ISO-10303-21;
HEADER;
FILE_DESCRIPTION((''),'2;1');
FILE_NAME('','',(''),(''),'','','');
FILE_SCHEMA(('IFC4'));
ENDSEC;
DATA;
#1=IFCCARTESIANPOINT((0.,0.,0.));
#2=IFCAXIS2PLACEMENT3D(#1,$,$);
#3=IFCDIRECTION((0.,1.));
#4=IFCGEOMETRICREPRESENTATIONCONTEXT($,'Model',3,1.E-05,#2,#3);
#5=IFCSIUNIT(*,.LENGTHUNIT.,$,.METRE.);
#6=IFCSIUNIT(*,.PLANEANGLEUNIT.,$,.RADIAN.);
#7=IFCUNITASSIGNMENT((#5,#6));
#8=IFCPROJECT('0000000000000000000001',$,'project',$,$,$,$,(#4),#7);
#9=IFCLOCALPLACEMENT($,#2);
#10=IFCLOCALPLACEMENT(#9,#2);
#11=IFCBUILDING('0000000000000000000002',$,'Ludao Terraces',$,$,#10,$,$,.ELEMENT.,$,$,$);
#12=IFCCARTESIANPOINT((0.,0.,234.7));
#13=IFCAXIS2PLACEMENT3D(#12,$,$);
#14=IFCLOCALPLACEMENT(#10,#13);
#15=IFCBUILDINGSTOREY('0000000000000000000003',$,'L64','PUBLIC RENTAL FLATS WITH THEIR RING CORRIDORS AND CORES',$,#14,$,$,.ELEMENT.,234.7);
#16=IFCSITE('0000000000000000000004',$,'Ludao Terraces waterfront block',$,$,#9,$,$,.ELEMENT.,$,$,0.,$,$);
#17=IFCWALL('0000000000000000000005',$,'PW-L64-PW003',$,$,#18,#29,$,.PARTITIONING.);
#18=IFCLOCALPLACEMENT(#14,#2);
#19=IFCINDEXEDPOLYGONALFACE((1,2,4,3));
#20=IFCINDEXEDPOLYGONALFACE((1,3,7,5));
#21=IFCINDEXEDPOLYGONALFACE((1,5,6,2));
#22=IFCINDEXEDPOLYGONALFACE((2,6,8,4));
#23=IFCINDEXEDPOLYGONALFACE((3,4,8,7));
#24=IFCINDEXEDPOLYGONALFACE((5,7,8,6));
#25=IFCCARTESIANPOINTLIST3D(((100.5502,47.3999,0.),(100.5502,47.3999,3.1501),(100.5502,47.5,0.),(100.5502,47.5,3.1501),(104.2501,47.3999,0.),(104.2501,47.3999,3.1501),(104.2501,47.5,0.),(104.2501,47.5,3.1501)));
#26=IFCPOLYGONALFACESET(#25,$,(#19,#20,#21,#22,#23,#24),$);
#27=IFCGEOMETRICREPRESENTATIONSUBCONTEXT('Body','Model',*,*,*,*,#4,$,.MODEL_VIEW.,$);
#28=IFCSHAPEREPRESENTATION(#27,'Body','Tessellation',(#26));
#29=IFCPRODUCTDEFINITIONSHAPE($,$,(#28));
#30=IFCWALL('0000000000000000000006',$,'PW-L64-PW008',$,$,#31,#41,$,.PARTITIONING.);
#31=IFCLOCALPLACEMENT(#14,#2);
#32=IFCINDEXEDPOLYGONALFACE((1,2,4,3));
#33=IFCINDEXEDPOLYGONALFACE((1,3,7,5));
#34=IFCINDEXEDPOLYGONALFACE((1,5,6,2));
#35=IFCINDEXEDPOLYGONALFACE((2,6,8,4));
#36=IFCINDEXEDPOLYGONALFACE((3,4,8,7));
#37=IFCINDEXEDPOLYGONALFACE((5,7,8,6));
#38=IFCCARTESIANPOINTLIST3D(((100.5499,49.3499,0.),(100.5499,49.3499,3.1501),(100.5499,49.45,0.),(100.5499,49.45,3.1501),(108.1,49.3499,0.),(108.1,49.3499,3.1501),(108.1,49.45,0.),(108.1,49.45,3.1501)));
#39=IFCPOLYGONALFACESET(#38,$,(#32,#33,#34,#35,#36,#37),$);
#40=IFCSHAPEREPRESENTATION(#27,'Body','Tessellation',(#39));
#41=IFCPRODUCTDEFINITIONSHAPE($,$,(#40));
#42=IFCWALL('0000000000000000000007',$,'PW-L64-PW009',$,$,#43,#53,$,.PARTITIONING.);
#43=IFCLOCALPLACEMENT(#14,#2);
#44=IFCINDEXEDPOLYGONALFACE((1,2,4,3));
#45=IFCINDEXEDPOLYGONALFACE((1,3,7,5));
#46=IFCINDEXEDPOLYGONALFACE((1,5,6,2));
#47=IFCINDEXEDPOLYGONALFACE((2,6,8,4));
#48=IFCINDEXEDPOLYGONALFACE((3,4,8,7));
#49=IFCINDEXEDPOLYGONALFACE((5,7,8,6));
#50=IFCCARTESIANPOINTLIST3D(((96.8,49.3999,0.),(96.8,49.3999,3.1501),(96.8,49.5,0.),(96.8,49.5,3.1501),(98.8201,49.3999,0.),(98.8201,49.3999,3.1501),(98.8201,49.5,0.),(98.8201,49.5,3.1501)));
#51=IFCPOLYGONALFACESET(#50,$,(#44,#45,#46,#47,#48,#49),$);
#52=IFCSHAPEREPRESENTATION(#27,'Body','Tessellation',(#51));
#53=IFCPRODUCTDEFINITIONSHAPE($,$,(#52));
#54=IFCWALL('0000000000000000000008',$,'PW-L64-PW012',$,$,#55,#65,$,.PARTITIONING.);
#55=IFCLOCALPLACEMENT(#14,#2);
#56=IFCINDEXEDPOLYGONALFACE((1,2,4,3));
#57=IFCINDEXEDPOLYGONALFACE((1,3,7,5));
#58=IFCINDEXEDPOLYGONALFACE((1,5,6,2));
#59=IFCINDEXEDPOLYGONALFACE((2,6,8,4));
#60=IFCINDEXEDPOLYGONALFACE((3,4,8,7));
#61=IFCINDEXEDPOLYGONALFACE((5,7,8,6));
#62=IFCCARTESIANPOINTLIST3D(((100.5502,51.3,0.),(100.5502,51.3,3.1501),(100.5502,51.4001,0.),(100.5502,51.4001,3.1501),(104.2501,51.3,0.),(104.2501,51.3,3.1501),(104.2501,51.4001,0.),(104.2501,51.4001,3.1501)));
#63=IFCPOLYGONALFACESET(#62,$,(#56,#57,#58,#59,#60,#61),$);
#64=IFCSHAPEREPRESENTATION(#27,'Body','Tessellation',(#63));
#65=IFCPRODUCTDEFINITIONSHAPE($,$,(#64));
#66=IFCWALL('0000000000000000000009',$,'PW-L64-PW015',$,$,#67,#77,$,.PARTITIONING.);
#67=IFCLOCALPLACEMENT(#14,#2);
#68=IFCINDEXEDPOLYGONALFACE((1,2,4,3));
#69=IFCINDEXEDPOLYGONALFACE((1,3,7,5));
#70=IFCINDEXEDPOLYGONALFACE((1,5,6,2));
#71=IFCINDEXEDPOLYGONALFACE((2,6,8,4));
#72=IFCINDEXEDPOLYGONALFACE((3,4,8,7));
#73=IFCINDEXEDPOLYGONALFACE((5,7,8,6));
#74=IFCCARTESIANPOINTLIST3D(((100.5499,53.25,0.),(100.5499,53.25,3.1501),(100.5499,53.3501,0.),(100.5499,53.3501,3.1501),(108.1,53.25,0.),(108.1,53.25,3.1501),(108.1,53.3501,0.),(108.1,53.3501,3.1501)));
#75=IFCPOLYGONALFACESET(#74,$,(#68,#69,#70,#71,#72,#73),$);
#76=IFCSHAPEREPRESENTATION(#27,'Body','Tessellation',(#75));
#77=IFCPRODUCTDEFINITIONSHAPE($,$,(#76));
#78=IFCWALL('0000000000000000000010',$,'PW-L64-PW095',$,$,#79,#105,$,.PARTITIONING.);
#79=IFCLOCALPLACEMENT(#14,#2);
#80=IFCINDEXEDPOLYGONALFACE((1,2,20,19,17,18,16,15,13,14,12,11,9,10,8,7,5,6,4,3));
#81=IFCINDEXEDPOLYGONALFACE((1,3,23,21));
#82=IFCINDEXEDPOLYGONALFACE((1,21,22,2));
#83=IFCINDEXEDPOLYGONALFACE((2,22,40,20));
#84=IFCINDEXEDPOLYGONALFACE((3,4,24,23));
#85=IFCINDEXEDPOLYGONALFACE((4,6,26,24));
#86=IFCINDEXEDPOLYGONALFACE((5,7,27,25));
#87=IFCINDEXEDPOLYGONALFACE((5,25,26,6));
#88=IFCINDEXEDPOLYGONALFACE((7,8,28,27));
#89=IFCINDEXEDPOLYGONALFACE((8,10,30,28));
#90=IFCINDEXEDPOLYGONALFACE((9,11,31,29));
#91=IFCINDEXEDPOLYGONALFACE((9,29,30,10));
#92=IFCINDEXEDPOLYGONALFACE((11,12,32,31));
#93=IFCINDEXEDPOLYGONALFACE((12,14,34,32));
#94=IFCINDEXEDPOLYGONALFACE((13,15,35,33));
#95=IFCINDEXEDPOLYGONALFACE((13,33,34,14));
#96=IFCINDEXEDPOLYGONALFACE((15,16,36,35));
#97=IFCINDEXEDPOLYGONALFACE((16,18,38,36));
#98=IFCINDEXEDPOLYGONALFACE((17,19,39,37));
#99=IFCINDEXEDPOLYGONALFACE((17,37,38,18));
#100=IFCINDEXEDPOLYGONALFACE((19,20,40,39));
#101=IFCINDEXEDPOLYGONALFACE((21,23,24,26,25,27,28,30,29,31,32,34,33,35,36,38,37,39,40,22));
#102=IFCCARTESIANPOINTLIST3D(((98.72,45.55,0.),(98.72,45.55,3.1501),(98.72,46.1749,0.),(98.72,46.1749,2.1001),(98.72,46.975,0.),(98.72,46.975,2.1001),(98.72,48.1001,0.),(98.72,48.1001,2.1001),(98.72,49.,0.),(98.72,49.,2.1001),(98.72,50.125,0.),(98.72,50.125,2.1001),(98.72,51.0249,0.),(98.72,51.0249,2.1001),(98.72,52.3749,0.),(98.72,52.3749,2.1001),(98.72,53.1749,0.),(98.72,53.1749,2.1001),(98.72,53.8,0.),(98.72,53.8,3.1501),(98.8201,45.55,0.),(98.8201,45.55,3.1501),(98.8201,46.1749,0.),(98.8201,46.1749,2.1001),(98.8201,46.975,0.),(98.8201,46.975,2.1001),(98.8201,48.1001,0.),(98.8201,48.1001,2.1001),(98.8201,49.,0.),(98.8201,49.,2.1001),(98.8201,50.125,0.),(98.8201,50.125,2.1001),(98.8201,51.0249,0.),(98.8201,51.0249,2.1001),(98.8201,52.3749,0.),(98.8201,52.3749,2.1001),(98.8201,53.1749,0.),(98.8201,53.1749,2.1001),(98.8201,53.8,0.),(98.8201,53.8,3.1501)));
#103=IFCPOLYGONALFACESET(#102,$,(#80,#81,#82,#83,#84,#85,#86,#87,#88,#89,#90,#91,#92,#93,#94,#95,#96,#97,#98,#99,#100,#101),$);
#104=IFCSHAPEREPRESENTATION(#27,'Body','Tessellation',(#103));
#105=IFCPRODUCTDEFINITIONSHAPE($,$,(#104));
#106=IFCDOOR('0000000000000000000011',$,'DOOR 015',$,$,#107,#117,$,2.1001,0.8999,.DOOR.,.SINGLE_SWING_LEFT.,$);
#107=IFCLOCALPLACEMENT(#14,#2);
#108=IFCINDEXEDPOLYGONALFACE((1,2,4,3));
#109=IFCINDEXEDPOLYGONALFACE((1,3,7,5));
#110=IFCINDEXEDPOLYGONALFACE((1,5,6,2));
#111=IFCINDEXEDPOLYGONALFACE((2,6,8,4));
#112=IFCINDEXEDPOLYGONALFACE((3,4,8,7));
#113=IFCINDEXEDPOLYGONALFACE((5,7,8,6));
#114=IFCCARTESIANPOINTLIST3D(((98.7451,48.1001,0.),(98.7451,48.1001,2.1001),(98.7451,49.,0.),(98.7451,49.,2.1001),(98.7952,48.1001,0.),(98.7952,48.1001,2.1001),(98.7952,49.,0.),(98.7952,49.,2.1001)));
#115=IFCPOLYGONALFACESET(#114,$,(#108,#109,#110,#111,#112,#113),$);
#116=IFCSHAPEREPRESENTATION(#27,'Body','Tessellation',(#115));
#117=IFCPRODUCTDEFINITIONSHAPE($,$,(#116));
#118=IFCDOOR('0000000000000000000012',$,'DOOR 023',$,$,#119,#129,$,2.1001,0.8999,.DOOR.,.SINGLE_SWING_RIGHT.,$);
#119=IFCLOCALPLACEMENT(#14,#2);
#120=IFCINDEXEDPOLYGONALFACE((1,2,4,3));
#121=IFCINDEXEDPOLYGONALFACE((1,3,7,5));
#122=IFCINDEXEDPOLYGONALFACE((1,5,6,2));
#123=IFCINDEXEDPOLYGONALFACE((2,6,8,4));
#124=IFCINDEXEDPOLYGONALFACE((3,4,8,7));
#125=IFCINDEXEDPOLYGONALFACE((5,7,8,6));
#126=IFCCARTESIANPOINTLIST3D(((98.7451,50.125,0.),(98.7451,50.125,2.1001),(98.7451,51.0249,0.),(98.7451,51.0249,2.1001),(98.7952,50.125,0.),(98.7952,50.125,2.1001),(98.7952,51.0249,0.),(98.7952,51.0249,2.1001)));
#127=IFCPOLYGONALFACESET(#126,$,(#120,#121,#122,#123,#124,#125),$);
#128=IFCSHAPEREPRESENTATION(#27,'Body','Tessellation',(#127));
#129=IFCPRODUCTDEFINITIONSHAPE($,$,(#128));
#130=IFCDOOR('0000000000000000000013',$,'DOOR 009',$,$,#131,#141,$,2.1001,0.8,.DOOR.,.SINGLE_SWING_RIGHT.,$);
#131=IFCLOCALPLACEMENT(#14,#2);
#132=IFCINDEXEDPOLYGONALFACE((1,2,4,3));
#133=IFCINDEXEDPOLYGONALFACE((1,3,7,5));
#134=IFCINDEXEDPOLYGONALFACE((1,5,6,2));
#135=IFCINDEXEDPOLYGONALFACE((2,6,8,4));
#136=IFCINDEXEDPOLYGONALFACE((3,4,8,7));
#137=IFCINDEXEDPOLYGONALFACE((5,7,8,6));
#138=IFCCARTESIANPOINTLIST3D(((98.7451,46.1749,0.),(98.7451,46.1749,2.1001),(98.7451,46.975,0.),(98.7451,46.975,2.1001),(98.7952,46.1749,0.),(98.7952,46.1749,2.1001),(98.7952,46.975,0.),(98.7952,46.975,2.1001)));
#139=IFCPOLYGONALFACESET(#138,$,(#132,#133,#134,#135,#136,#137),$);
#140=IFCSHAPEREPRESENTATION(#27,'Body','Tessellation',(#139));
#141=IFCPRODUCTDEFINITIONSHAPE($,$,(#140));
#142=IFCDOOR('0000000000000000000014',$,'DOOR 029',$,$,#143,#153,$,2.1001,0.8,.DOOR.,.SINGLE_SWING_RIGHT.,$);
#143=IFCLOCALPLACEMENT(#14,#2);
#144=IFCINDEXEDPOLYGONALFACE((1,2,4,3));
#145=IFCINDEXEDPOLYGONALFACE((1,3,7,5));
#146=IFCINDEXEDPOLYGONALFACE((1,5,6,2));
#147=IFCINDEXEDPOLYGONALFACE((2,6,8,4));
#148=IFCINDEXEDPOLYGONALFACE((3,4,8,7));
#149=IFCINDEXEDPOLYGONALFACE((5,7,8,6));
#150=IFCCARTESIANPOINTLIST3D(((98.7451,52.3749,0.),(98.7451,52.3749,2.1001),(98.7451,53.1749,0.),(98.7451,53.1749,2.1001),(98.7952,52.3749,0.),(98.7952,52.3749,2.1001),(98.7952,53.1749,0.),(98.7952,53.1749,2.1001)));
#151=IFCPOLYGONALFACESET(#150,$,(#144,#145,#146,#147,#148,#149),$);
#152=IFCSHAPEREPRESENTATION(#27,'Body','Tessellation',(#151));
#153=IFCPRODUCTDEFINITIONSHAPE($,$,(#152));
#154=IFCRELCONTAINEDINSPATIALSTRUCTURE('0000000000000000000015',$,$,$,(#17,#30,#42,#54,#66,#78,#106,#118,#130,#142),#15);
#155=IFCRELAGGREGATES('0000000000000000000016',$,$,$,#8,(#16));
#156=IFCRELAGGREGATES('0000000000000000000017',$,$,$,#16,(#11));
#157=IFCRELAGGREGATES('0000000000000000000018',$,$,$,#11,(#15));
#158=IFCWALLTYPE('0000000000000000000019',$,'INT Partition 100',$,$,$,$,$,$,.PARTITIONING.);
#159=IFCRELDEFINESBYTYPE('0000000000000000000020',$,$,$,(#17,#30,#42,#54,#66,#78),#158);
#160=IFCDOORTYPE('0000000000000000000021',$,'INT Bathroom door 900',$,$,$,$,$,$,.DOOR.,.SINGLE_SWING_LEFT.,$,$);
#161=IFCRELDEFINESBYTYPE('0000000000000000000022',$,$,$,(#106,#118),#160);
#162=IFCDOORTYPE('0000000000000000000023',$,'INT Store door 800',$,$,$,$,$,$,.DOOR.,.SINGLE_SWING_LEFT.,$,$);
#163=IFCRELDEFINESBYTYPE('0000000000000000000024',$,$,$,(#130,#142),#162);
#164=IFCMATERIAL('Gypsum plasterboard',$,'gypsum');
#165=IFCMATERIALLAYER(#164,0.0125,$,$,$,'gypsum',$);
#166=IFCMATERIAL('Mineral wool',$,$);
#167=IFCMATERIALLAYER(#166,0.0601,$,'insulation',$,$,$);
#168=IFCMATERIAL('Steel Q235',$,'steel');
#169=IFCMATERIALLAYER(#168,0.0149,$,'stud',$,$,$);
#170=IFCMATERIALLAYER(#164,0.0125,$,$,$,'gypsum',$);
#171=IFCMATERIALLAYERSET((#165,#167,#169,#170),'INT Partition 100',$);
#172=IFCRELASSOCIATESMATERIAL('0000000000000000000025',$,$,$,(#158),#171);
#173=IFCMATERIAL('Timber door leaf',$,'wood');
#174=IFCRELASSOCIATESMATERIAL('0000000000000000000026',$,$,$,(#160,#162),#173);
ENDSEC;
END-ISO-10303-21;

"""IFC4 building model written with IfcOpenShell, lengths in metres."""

from ifc_helpers import new_model, si_unit, direction, frame, frame_2d, origin, place, context, subcontext, project, spatial, rectangle, extrude, material, layer, layer_set, type_object, element, fill, save


model = new_model("IFC4")

# Units and contexts
model_context = context("Model", 3, precision=1e-05, world=origin(), true_north=direction((0.0, 1.0)))
body_context = subcontext(model_context, "Body", "Model", "MODEL_VIEW")
ifc_project = project(units=[si_unit("LENGTHUNIT", "METRE"), si_unit("PLANEANGLEUNIT", "RADIAN")], contexts=[model_context])

# Site, building, storey
site_placement = place(None, origin())
site = spatial("IfcSite", under=ifc_project, at=site_placement, Name="Ludao Terraces waterfront block", CompositionType="ELEMENT", RefElevation=0.0)
building_placement = place(site_placement, origin())
building = spatial("IfcBuilding", under=site, at=building_placement, Name="Ludao Terraces", CompositionType="ELEMENT")
storey_placement = place(building_placement, frame((0.0, 0.0, 234.7)))
storey = spatial("IfcBuildingStorey", under=building, at=storey_placement, Name="L64", Description="PUBLIC RENTAL FLATS WITH THEIR RING CORRIDORS AND CORES", CompositionType="ELEMENT", Elevation=234.7)

# Shared definitions
ifc_material_1 = material(Name="Mineral wool")

# Shared definitions
ifc_material_2 = material(Name="Steel Q235", Category="steel")

# Walls
ifc_material_3 = material(Name="Gypsum plasterboard", Category="gypsum")
ifc_layer_1 = layer(ifc_material_3, 0.0125, Category="gypsum")
ifc_layer_2 = layer(ifc_material_1, 0.0601, Name="insulation")
ifc_layer_3 = layer(ifc_material_2, 0.0149, Name="stud")
ifc_layer_4 = layer(ifc_material_3, 0.0125, Category="gypsum")
ifc_layer_set_1 = layer_set([ifc_layer_1, ifc_layer_2, ifc_layer_3, ifc_layer_4], Name="INT Partition 100")
wall_type_1 = type_object("IfcWallType", Name="INT Partition 100", PredefinedType="PARTITIONING", material=ifc_layer_set_1)
wall_1_placement = place(storey_placement, frame((100.55, 47.45, 0.0), z_axis=(0.0, 0.0, 1.0), x_axis=(1.0, 0.0, 0.0)))
element("IfcWall", 1, at=wall_1_placement, inside=storey, type_object=wall_type_1, Name="PW-L64-PW003", PredefinedType="PARTITIONING", context=body_context, shape_type="SweptSolid", body=[
    extrude(rectangle(XDim=3.7, YDim=0.1001, at=frame_2d((1.8501, 0.0))), origin(), (0.0, 0.0, 1.0), 3.1501),
])
wall_2_placement = place(storey_placement, frame((100.55, 49.3999, 0.0), z_axis=(0.0, 0.0, 1.0), x_axis=(1.0, 0.0, 0.0)))
element("IfcWall", 2, at=wall_2_placement, inside=storey, type_object=wall_type_1, Name="PW-L64-PW008", PredefinedType="PARTITIONING", context=body_context, shape_type="SweptSolid", body=[
    extrude(rectangle(XDim=7.55, YDim=0.1001, at=frame_2d((3.7749, 0.0))), origin(), (0.0, 0.0, 1.0), 3.1501),
])
wall_3_placement = place(storey_placement, frame((96.8, 49.45, 0.0), z_axis=(0.0, 0.0, 1.0), x_axis=(1.0, 0.0, 0.0)))
element("IfcWall", 3, at=wall_3_placement, inside=storey, type_object=wall_type_1, Name="PW-L64-PW009", PredefinedType="PARTITIONING", context=body_context, shape_type="SweptSolid", body=[
    extrude(rectangle(XDim=2.02, YDim=0.1001, at=frame_2d((1.01, 0.0))), origin(), (0.0, 0.0, 1.0), 3.1501),
])
wall_4_placement = place(storey_placement, frame((100.55, 51.3501, 0.0), z_axis=(0.0, 0.0, 1.0), x_axis=(1.0, 0.0, 0.0)))
element("IfcWall", 4, at=wall_4_placement, inside=storey, type_object=wall_type_1, Name="PW-L64-PW012", PredefinedType="PARTITIONING", context=body_context, shape_type="SweptSolid", body=[
    extrude(rectangle(XDim=3.7, YDim=0.1001, at=frame_2d((1.8501, 0.0))), origin(), (0.0, 0.0, 1.0), 3.1501),
])
wall_5_placement = place(storey_placement, frame((100.55, 53.3, 0.0), z_axis=(0.0, 0.0, 1.0), x_axis=(1.0, 0.0, 0.0)))
element("IfcWall", 5, at=wall_5_placement, inside=storey, type_object=wall_type_1, Name="PW-L64-PW015", PredefinedType="PARTITIONING", context=body_context, shape_type="SweptSolid", body=[
    extrude(rectangle(XDim=7.55, YDim=0.1001, at=frame_2d((3.7749, 0.0))), origin(), (0.0, 0.0, 1.0), 3.1501),
])

# Wall, openings, doors
wall_6_placement = place(storey_placement, frame((98.77, 45.55, 0.0), z_axis=(0.0, 0.0, 1.0), x_axis=(0.0, 1.0, 0.0)))
wall_6 = element("IfcWall", 6, at=wall_6_placement, inside=storey, type_object=wall_type_1, Name="PW-L64-PW095", PredefinedType="PARTITIONING", context=body_context, shape_type="SweptSolid", body=[
    extrude(rectangle(XDim=8.25, YDim=0.1001, at=frame_2d((4.125, 0.0))), origin(), (0.0, 0.0, 1.0), 3.1501),
])
opening_1_placement = place(wall_6_placement, frame((0.625, 0.0, 0.0)))
opening_1 = element("IfcOpeningElement", 7, at=opening_1_placement, cuts=wall_6, PredefinedType="OPENING", context=body_context, shape_type="SweptSolid", body=[
    extrude(rectangle(XDim=0.8, YDim=2.1001, at=frame_2d((0.3999, 1.05))), frame((0.0, 0.0601, 0.0), z_axis=(0.0, -1.0, 0.0), x_axis=(1.0, 0.0, 0.0)), (0.0, 0.0, 1.0), 0.1201),
])
opening_2_placement = place(wall_6_placement, frame((2.55, 0.0, 0.0)))
opening_2 = element("IfcOpeningElement", 8, at=opening_2_placement, cuts=wall_6, PredefinedType="OPENING", context=body_context, shape_type="SweptSolid", body=[
    extrude(rectangle(XDim=0.8999, YDim=2.1001, at=frame_2d((0.45, 1.05))), frame((0.0, 0.0601, 0.0), z_axis=(0.0, -1.0, 0.0), x_axis=(1.0, 0.0, 0.0)), (0.0, 0.0, 1.0), 0.1201),
])
opening_3_placement = place(wall_6_placement, frame((4.575, 0.0, 0.0)))
opening_3 = element("IfcOpeningElement", 9, at=opening_3_placement, cuts=wall_6, PredefinedType="OPENING", context=body_context, shape_type="SweptSolid", body=[
    extrude(rectangle(XDim=0.8999, YDim=2.1001, at=frame_2d((0.45, 1.05))), frame((0.0, 0.0601, 0.0), z_axis=(0.0, -1.0, 0.0), x_axis=(1.0, 0.0, 0.0)), (0.0, 0.0, 1.0), 0.1201),
])
opening_4_placement = place(wall_6_placement, frame((6.825, 0.0, 0.0)))
opening_4 = element("IfcOpeningElement", 10, at=opening_4_placement, cuts=wall_6, PredefinedType="OPENING", context=body_context, shape_type="SweptSolid", body=[
    extrude(rectangle(XDim=0.8, YDim=2.1001, at=frame_2d((0.3999, 1.05))), frame((0.0, 0.0601, 0.0), z_axis=(0.0, -1.0, 0.0), x_axis=(1.0, 0.0, 0.0)), (0.0, 0.0, 1.0), 0.1201),
])
ifc_material_4 = material(Name="Timber door leaf", Category="wood")
door_type_1 = type_object("IfcDoorType", Name="INT Bathroom door 900", OperationType="SINGLE_SWING_LEFT", PredefinedType="DOOR", material=ifc_material_4)
door_1_placement = place(opening_2_placement, origin())
door_1 = element("IfcDoor", 11, at=door_1_placement, inside=storey, type_object=door_type_1, Name="DOOR 015", OperationType="SINGLE_SWING_LEFT", OverallHeight=2.1001, OverallWidth=0.8999, PredefinedType="DOOR", context=body_context, shape_type="SweptSolid", body=[
    extrude(rectangle(XDim=0.8999, YDim=2.1001, at=frame_2d((0.45, 1.05))), frame((0.0, 0.0249, 0.0), z_axis=(0.0, -1.0, 0.0), x_axis=(1.0, 0.0, 0.0)), (0.0, 0.0, 1.0), 0.05),
])
fill(opening_2, door_1)
door_2_placement = place(opening_3_placement, origin())
door_2 = element("IfcDoor", 12, at=door_2_placement, inside=storey, type_object=door_type_1, Name="DOOR 023", OperationType="SINGLE_SWING_RIGHT", OverallHeight=2.1001, OverallWidth=0.8999, PredefinedType="DOOR", context=body_context, shape_type="SweptSolid", body=[
    extrude(rectangle(XDim=0.8999, YDim=2.1001, at=frame_2d((0.45, 1.05))), frame((0.0, 0.0249, 0.0), z_axis=(0.0, -1.0, 0.0), x_axis=(1.0, 0.0, 0.0)), (0.0, 0.0, 1.0), 0.05),
])
fill(opening_3, door_2)
door_type_2 = type_object("IfcDoorType", Name="INT Store door 800", OperationType="SINGLE_SWING_LEFT", PredefinedType="DOOR", material=ifc_material_4)
door_3_placement = place(opening_1_placement, origin())
door_3 = element("IfcDoor", 13, at=door_3_placement, inside=storey, type_object=door_type_2, Name="DOOR 009", OperationType="SINGLE_SWING_RIGHT", OverallHeight=2.1001, OverallWidth=0.8, PredefinedType="DOOR", context=body_context, shape_type="SweptSolid", body=[
    extrude(rectangle(XDim=0.8, YDim=2.1001, at=frame_2d((0.3999, 1.05))), frame((0.0, 0.0249, 0.0), z_axis=(0.0, -1.0, 0.0), x_axis=(1.0, 0.0, 0.0)), (0.0, 0.0, 1.0), 0.05),
])
fill(opening_1, door_3)
door_4_placement = place(opening_4_placement, origin())
door_4 = element("IfcDoor", 14, at=door_4_placement, inside=storey, type_object=door_type_2, Name="DOOR 029", OperationType="SINGLE_SWING_RIGHT", OverallHeight=2.1001, OverallWidth=0.8, PredefinedType="DOOR", context=body_context, shape_type="SweptSolid", body=[
    extrude(rectangle(XDim=0.8, YDim=2.1001, at=frame_2d((0.3999, 1.05))), frame((0.0, 0.0249, 0.0), z_axis=(0.0, -1.0, 0.0), x_axis=(1.0, 0.0, 0.0)), (0.0, 0.0, 1.0), 0.05),
])
fill(opening_4, door_4)

save(model, "model.ifc")
